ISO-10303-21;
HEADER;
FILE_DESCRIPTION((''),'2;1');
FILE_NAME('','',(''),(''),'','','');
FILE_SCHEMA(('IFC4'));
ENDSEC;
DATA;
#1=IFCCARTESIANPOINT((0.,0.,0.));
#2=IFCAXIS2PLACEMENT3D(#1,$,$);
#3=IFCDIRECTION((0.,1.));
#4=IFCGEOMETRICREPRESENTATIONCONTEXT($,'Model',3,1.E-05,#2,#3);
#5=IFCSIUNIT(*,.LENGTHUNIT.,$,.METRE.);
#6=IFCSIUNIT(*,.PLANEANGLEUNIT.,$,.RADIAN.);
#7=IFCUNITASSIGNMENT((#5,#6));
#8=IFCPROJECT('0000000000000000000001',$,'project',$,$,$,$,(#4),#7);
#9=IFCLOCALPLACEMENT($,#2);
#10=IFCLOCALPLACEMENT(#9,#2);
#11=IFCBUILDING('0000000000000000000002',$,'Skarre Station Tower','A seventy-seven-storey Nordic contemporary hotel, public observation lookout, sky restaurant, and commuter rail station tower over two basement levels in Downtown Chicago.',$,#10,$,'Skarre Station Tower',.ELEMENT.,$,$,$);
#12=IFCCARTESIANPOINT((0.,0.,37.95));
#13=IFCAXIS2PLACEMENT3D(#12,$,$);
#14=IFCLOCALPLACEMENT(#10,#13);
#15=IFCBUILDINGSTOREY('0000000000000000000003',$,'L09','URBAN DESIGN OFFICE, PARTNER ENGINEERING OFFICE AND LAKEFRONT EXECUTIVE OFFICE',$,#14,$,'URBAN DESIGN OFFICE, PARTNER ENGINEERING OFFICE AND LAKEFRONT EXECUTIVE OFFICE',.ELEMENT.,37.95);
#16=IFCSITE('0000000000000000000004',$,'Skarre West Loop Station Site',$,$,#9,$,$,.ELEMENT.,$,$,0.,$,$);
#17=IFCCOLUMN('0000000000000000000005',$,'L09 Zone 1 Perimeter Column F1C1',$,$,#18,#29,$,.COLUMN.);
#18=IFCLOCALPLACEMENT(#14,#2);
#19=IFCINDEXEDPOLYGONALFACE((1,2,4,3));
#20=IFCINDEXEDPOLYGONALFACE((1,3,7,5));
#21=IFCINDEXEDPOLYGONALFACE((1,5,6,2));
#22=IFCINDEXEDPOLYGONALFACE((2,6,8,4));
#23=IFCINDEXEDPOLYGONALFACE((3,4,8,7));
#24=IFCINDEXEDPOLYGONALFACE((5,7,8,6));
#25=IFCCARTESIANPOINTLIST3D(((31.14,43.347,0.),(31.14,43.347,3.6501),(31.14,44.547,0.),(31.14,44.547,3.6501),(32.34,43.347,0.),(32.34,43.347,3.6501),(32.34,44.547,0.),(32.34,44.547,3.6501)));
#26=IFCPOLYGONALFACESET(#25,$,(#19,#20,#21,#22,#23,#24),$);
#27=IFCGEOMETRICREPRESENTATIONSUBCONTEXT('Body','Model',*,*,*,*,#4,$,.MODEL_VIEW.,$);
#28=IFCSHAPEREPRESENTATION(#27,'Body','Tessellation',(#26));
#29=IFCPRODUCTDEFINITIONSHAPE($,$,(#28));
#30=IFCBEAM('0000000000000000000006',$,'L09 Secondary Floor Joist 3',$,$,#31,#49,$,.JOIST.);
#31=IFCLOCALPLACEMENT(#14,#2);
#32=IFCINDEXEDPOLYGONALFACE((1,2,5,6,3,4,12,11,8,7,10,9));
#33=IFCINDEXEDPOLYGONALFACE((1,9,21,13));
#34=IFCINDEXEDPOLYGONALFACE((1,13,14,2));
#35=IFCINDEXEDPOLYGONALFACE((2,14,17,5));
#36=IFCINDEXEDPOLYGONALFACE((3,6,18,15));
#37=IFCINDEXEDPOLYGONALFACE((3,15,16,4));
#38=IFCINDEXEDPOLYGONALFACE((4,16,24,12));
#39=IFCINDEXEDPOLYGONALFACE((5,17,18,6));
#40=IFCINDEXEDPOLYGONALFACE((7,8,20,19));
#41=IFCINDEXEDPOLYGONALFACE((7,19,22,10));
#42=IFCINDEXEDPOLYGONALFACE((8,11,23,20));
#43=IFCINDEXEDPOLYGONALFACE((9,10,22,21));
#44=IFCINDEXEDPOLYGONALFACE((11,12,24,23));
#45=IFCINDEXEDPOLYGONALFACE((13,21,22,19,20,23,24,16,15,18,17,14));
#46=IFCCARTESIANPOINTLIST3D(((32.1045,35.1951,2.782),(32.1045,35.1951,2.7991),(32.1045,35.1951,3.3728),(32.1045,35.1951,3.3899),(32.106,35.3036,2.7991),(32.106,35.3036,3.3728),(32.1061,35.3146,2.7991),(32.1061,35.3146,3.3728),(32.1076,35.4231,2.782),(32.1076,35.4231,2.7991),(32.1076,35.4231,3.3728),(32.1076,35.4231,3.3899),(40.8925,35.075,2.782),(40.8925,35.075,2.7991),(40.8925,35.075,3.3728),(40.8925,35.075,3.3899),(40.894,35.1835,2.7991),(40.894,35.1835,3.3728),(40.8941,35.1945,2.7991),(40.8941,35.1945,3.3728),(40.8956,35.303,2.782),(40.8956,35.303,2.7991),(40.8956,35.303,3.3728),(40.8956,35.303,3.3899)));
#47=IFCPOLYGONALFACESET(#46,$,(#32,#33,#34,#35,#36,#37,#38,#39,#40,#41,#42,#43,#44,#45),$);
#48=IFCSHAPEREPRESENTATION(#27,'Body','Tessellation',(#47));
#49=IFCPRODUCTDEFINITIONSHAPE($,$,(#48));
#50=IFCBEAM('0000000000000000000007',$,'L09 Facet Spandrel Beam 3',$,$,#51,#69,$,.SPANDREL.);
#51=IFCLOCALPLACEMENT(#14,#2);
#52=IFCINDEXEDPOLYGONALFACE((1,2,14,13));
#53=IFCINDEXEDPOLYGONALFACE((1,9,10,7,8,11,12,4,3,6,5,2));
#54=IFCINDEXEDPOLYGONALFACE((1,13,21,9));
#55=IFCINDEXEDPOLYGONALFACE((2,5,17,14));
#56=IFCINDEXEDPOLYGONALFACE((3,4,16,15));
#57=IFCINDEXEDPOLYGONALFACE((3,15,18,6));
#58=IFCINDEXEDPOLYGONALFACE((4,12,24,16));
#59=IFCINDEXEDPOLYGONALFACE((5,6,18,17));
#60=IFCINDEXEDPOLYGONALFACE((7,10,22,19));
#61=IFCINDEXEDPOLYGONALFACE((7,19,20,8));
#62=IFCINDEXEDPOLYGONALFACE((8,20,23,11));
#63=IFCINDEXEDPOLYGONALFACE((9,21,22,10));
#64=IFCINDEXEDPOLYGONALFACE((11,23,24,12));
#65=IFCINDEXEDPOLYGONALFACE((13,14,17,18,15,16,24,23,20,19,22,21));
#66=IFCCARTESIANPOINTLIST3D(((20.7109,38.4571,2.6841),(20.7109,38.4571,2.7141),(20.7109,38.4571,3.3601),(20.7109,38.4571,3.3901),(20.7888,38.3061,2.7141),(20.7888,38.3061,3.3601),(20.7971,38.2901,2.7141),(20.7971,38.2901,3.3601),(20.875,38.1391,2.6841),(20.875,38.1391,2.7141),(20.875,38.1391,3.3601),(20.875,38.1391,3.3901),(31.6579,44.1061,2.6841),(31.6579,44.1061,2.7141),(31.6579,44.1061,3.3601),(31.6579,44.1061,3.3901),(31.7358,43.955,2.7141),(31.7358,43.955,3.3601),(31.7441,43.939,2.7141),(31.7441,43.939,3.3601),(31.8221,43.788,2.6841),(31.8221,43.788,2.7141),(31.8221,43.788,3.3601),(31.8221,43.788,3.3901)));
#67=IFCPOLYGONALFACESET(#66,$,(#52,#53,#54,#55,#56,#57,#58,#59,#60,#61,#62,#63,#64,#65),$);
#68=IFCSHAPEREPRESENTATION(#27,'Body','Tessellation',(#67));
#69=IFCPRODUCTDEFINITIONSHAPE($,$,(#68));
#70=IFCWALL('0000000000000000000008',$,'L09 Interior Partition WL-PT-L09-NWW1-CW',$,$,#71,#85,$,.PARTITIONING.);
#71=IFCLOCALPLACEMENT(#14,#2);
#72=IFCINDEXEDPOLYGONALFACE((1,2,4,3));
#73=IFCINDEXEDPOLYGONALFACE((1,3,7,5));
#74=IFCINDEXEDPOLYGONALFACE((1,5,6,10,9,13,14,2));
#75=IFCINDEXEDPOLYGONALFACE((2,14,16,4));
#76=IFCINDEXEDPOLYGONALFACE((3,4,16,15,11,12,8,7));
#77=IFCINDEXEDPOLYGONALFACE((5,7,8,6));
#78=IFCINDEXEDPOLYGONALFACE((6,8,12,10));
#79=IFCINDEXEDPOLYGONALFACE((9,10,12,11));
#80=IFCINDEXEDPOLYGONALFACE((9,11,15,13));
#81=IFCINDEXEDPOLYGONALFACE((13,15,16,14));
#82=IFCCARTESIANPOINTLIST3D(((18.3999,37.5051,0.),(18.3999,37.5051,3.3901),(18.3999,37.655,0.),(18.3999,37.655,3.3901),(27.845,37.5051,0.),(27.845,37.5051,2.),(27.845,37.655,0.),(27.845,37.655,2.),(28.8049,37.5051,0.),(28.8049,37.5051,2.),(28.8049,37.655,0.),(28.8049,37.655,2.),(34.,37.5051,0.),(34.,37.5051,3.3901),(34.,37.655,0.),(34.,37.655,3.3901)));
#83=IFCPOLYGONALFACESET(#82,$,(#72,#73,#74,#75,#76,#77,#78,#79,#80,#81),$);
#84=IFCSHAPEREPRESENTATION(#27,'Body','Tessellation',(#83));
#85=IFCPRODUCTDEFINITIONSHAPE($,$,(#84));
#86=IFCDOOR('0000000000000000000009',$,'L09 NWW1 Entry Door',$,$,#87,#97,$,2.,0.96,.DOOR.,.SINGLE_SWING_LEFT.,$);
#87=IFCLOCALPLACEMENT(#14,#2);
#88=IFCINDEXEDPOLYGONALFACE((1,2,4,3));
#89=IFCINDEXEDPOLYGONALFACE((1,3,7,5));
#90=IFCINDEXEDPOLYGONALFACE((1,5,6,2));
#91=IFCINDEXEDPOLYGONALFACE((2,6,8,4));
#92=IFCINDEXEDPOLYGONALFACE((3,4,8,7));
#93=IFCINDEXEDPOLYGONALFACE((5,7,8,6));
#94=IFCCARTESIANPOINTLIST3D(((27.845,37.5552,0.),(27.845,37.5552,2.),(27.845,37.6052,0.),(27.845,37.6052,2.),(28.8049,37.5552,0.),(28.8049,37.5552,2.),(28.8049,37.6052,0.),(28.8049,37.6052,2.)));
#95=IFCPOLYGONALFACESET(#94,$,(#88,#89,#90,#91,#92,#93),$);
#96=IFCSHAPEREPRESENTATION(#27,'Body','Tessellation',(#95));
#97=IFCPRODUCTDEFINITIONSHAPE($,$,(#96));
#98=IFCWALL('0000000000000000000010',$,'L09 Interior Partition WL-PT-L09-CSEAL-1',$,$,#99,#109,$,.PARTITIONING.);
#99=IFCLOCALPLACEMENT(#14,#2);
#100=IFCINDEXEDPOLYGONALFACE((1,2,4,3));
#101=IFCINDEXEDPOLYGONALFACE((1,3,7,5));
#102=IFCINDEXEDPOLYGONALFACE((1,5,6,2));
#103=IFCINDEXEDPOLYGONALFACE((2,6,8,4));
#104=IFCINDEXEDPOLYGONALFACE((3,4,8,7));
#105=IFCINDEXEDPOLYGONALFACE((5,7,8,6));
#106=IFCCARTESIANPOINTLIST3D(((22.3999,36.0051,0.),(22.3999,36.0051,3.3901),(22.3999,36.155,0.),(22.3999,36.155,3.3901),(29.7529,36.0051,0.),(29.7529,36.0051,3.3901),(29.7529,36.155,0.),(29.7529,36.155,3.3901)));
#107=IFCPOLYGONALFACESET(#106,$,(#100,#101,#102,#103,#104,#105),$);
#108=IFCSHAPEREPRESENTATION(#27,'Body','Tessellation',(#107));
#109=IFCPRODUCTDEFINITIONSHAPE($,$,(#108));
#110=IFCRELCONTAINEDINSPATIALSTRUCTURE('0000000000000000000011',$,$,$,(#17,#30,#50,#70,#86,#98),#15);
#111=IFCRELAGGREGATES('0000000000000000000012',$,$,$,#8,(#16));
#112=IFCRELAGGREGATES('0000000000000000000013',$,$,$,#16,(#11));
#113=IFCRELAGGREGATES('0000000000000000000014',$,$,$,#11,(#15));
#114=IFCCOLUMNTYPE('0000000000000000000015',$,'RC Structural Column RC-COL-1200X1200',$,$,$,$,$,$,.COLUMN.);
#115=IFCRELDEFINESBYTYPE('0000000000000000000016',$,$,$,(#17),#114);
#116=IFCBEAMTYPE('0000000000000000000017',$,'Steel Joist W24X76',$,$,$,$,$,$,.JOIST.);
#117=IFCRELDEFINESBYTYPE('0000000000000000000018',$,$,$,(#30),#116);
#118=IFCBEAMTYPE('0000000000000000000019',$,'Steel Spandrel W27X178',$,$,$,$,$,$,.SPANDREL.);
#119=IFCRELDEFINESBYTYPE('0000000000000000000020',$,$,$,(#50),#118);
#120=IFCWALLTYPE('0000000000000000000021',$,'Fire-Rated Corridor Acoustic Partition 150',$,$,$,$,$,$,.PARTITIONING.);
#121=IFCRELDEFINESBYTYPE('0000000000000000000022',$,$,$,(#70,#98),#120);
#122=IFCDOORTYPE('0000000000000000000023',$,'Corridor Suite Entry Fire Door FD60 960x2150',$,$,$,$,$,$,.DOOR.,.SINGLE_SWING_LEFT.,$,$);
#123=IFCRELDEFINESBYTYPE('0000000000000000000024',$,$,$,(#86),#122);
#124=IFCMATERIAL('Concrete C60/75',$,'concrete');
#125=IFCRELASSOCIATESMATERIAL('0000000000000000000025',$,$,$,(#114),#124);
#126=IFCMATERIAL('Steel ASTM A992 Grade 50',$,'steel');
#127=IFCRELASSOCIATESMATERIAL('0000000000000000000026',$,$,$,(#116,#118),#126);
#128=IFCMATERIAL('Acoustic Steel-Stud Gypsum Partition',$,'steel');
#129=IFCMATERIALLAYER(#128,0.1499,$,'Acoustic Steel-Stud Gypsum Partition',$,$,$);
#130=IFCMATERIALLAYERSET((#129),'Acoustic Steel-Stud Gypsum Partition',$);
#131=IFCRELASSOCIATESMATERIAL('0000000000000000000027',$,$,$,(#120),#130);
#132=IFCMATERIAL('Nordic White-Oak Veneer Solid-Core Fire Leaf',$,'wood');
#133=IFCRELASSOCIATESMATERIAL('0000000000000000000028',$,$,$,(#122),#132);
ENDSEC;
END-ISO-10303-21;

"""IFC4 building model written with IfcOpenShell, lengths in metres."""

from ifc_helpers import new_model, si_unit, direction, frame, frame_2d, origin, origin_2d, place, context, subcontext, project, spatial, rectangle, i_section, extrude, material, layer, layer_set, material_profile, profile_set, type_object, element, fill, save


model = new_model("IFC4")

# Units and contexts
model_context = context("Model", 3, precision=1e-05, world=origin(), true_north=direction((0.0, 1.0)))
body_context = subcontext(model_context, "Body", "Model", "MODEL_VIEW")
ifc_project = project(units=[si_unit("LENGTHUNIT", "METRE"), si_unit("PLANEANGLEUNIT", "RADIAN")], contexts=[model_context])

# Site, building, storey
site_placement = place(None, origin())
site = spatial("IfcSite", under=ifc_project, at=site_placement, Name="Skarre West Loop Station Site", CompositionType="ELEMENT", RefElevation=0.0)
building_placement = place(site_placement, origin())
building = spatial("IfcBuilding", under=site, at=building_placement, Name="Skarre Station Tower", Description="A seventy-seven-storey Nordic contemporary hotel, public observation lookout, sky restaurant, and commuter rail station tower over two basement levels in Downtown Chicago.", LongName="Skarre Station Tower", CompositionType="ELEMENT")
storey_placement = place(building_placement, frame((0.0, 0.0, 37.95)))
storey = spatial("IfcBuildingStorey", under=building, at=storey_placement, Name="L09", Description="URBAN DESIGN OFFICE, PARTNER ENGINEERING OFFICE AND LAKEFRONT EXECUTIVE OFFICE", LongName="URBAN DESIGN OFFICE, PARTNER ENGINEERING OFFICE AND LAKEFRONT EXECUTIVE OFFICE", CompositionType="ELEMENT", Elevation=37.95)

# Column
ifc_material_1 = material(Name="Concrete C60/75", Category="concrete")
ifc_material_profile_1 = material_profile(ifc_material_1, rectangle(XDim=1.2, YDim=1.2, at=origin_2d()), Name="Concrete C60/75")
ifc_profile_set_1 = profile_set([ifc_material_profile_1], Name="Concrete C60/75")
column_type = type_object("IfcColumnType", Name="RC Structural Column RC-COL-1200X1200", PredefinedType="COLUMN", material=ifc_profile_set_1)
column_placement = place(storey_placement, frame((31.74, 43.947, 0.0), z_axis=(0.0, 0.0, 1.0), x_axis=(1.0, 0.0, 0.0)))
element("IfcColumn", 1, at=column_placement, inside=storey, type_object=column_type, Name="L09 Zone 1 Perimeter Column F1C1", PredefinedType="COLUMN", context=body_context, shape_type="SweptSolid", body=[
    extrude(rectangle(XDim=1.2, YDim=1.2, at=origin_2d()), origin(), (0.0, 0.0, 1.0), 3.6501),
])

# Beams
ifc_material_2 = material(Name="Steel ASTM A992 Grade 50", Category="steel")
ifc_material_profile_2 = material_profile(ifc_material_2, i_section(OverallWidth=0.228, OverallDepth=0.6079, WebThickness=0.011, FlangeThickness=0.0171, at=origin_2d()), Name="Steel ASTM A992 Grade 50")
ifc_profile_set_2 = profile_set([ifc_material_profile_2], Name="Steel ASTM A992 Grade 50")
beam_type_1 = type_object("IfcBeamType", Name="Steel Joist W24X76", PredefinedType="JOIST", material=ifc_profile_set_2)
beam_1_placement = place(storey_placement, frame((40.894, 35.189, 3.0859), z_axis=(-0.999907, 0.013667, 0.0), x_axis=(-0.013667, -0.999907, 0.0)))
element("IfcBeam", 2, at=beam_1_placement, inside=storey, type_object=beam_type_1, Name="L09 Secondary Floor Joist 3", PredefinedType="JOIST", context=body_context, shape_type="SweptSolid", body=[
    extrude(i_section(OverallWidth=0.228, OverallDepth=0.6079, WebThickness=0.011, FlangeThickness=0.0171, at=origin_2d()), origin(), (0.0, 0.0, 1.0), 8.7888),
])
ifc_material_profile_3 = material_profile(ifc_material_2, i_section(OverallWidth=0.3579, OverallDepth=0.7061, WebThickness=0.0181, FlangeThickness=0.03, at=origin_2d()), Name="Steel ASTM A992 Grade 50")
ifc_profile_set_3 = profile_set([ifc_material_profile_3], Name="Steel ASTM A992 Grade 50")
beam_type_2 = type_object("IfcBeamType", Name="Steel Spandrel W27X178", PredefinedType="SPANDREL", material=ifc_profile_set_3)
beam_2_placement = place(storey_placement, frame((31.74, 43.947, 3.0371), z_axis=(-0.888659, -0.458569, 0.0), x_axis=(0.458569, -0.888659, 0.0)))
element("IfcBeam", 3, at=beam_2_placement, inside=storey, type_object=beam_type_2, Name="L09 Facet Spandrel Beam 3", PredefinedType="SPANDREL", context=body_context, shape_type="SweptSolid", body=[
    extrude(i_section(OverallWidth=0.3579, OverallDepth=0.7061, WebThickness=0.0181, FlangeThickness=0.03, at=origin_2d()), origin(), (0.0, 0.0, 1.0), 12.3186),
])

# Wall, opening, door
ifc_material_3 = material(Name="Acoustic Steel-Stud Gypsum Partition", Category="steel")
ifc_layer_1 = layer(ifc_material_3, 0.1499, Name="Acoustic Steel-Stud Gypsum Partition")
ifc_layer_set_1 = layer_set([ifc_layer_1], Name="Acoustic Steel-Stud Gypsum Partition")
wall_type_1 = type_object("IfcWallType", Name="Fire-Rated Corridor Acoustic Partition 150", PredefinedType="PARTITIONING", material=ifc_layer_set_1)
wall_1_placement = place(storey_placement, frame((34.0, 37.5801, 0.0), z_axis=(0.0, 0.0, 1.0), x_axis=(-1.0, 0.0, 0.0)))
wall_1 = element("IfcWall", 4, at=wall_1_placement, inside=storey, type_object=wall_type_1, Name="L09 Interior Partition WL-PT-L09-NWW1-CW", PredefinedType="PARTITIONING", context=body_context, shape_type="SweptSolid", body=[
    extrude(rectangle(XDim=15.6001, YDim=0.1499, at=frame_2d((7.8, 0.0))), origin(), (0.0, 0.0, 1.0), 3.3901),
])
opening_1_placement = place(wall_1_placement, frame((5.1951, 0.0, 0.0)))
opening_1 = element("IfcOpeningElement", 5, at=opening_1_placement, cuts=wall_1, PredefinedType="OPENING", context=body_context, shape_type="SweptSolid", body=[
    extrude(rectangle(XDim=0.96, YDim=2.0, at=frame_2d((0.48, 1.0))), frame((0.0, 0.085, 0.0), z_axis=(0.0, -1.0, 0.0), x_axis=(1.0, 0.0, 0.0)), (0.0, 0.0, 1.0), 0.1699),
])
ifc_material_4 = material(Name="Nordic White-Oak Veneer Solid-Core Fire Leaf", Category="wood")
door_type_1 = type_object("IfcDoorType", Name="Corridor Suite Entry Fire Door FD60 960x2150", OperationType="SINGLE_SWING_LEFT", PredefinedType="DOOR", material=ifc_material_4)
door_1_placement = place(opening_1_placement, origin())
door_1 = element("IfcDoor", 6, at=door_1_placement, inside=storey, type_object=door_type_1, Name="L09 NWW1 Entry Door", OperationType="SINGLE_SWING_LEFT", OverallHeight=2.0, OverallWidth=0.96, PredefinedType="DOOR", context=body_context, shape_type="SweptSolid", body=[
    extrude(rectangle(XDim=0.96, YDim=2.0, at=frame_2d((0.48, 1.0))), frame((0.0, 0.0249, 0.0), z_axis=(0.0, -1.0, 0.0), x_axis=(1.0, 0.0, 0.0)), (0.0, 0.0, 1.0), 0.05),
])
fill(opening_1, door_1)

# Wall
wall_2_placement = place(storey_placement, frame((29.7529, 36.0801, 0.0), z_axis=(0.0, 0.0, 1.0), x_axis=(-1.0, 0.0, 0.0)))
element("IfcWall", 7, at=wall_2_placement, inside=storey, type_object=wall_type_1, Name="L09 Interior Partition WL-PT-L09-CSEAL-1", PredefinedType="PARTITIONING", context=body_context, shape_type="SweptSolid", body=[
    extrude(rectangle(XDim=7.353, YDim=0.1499, at=frame_2d((3.6765, 0.0))), origin(), (0.0, 0.0, 1.0), 3.3901),
])

save(model, "model.ifc")
